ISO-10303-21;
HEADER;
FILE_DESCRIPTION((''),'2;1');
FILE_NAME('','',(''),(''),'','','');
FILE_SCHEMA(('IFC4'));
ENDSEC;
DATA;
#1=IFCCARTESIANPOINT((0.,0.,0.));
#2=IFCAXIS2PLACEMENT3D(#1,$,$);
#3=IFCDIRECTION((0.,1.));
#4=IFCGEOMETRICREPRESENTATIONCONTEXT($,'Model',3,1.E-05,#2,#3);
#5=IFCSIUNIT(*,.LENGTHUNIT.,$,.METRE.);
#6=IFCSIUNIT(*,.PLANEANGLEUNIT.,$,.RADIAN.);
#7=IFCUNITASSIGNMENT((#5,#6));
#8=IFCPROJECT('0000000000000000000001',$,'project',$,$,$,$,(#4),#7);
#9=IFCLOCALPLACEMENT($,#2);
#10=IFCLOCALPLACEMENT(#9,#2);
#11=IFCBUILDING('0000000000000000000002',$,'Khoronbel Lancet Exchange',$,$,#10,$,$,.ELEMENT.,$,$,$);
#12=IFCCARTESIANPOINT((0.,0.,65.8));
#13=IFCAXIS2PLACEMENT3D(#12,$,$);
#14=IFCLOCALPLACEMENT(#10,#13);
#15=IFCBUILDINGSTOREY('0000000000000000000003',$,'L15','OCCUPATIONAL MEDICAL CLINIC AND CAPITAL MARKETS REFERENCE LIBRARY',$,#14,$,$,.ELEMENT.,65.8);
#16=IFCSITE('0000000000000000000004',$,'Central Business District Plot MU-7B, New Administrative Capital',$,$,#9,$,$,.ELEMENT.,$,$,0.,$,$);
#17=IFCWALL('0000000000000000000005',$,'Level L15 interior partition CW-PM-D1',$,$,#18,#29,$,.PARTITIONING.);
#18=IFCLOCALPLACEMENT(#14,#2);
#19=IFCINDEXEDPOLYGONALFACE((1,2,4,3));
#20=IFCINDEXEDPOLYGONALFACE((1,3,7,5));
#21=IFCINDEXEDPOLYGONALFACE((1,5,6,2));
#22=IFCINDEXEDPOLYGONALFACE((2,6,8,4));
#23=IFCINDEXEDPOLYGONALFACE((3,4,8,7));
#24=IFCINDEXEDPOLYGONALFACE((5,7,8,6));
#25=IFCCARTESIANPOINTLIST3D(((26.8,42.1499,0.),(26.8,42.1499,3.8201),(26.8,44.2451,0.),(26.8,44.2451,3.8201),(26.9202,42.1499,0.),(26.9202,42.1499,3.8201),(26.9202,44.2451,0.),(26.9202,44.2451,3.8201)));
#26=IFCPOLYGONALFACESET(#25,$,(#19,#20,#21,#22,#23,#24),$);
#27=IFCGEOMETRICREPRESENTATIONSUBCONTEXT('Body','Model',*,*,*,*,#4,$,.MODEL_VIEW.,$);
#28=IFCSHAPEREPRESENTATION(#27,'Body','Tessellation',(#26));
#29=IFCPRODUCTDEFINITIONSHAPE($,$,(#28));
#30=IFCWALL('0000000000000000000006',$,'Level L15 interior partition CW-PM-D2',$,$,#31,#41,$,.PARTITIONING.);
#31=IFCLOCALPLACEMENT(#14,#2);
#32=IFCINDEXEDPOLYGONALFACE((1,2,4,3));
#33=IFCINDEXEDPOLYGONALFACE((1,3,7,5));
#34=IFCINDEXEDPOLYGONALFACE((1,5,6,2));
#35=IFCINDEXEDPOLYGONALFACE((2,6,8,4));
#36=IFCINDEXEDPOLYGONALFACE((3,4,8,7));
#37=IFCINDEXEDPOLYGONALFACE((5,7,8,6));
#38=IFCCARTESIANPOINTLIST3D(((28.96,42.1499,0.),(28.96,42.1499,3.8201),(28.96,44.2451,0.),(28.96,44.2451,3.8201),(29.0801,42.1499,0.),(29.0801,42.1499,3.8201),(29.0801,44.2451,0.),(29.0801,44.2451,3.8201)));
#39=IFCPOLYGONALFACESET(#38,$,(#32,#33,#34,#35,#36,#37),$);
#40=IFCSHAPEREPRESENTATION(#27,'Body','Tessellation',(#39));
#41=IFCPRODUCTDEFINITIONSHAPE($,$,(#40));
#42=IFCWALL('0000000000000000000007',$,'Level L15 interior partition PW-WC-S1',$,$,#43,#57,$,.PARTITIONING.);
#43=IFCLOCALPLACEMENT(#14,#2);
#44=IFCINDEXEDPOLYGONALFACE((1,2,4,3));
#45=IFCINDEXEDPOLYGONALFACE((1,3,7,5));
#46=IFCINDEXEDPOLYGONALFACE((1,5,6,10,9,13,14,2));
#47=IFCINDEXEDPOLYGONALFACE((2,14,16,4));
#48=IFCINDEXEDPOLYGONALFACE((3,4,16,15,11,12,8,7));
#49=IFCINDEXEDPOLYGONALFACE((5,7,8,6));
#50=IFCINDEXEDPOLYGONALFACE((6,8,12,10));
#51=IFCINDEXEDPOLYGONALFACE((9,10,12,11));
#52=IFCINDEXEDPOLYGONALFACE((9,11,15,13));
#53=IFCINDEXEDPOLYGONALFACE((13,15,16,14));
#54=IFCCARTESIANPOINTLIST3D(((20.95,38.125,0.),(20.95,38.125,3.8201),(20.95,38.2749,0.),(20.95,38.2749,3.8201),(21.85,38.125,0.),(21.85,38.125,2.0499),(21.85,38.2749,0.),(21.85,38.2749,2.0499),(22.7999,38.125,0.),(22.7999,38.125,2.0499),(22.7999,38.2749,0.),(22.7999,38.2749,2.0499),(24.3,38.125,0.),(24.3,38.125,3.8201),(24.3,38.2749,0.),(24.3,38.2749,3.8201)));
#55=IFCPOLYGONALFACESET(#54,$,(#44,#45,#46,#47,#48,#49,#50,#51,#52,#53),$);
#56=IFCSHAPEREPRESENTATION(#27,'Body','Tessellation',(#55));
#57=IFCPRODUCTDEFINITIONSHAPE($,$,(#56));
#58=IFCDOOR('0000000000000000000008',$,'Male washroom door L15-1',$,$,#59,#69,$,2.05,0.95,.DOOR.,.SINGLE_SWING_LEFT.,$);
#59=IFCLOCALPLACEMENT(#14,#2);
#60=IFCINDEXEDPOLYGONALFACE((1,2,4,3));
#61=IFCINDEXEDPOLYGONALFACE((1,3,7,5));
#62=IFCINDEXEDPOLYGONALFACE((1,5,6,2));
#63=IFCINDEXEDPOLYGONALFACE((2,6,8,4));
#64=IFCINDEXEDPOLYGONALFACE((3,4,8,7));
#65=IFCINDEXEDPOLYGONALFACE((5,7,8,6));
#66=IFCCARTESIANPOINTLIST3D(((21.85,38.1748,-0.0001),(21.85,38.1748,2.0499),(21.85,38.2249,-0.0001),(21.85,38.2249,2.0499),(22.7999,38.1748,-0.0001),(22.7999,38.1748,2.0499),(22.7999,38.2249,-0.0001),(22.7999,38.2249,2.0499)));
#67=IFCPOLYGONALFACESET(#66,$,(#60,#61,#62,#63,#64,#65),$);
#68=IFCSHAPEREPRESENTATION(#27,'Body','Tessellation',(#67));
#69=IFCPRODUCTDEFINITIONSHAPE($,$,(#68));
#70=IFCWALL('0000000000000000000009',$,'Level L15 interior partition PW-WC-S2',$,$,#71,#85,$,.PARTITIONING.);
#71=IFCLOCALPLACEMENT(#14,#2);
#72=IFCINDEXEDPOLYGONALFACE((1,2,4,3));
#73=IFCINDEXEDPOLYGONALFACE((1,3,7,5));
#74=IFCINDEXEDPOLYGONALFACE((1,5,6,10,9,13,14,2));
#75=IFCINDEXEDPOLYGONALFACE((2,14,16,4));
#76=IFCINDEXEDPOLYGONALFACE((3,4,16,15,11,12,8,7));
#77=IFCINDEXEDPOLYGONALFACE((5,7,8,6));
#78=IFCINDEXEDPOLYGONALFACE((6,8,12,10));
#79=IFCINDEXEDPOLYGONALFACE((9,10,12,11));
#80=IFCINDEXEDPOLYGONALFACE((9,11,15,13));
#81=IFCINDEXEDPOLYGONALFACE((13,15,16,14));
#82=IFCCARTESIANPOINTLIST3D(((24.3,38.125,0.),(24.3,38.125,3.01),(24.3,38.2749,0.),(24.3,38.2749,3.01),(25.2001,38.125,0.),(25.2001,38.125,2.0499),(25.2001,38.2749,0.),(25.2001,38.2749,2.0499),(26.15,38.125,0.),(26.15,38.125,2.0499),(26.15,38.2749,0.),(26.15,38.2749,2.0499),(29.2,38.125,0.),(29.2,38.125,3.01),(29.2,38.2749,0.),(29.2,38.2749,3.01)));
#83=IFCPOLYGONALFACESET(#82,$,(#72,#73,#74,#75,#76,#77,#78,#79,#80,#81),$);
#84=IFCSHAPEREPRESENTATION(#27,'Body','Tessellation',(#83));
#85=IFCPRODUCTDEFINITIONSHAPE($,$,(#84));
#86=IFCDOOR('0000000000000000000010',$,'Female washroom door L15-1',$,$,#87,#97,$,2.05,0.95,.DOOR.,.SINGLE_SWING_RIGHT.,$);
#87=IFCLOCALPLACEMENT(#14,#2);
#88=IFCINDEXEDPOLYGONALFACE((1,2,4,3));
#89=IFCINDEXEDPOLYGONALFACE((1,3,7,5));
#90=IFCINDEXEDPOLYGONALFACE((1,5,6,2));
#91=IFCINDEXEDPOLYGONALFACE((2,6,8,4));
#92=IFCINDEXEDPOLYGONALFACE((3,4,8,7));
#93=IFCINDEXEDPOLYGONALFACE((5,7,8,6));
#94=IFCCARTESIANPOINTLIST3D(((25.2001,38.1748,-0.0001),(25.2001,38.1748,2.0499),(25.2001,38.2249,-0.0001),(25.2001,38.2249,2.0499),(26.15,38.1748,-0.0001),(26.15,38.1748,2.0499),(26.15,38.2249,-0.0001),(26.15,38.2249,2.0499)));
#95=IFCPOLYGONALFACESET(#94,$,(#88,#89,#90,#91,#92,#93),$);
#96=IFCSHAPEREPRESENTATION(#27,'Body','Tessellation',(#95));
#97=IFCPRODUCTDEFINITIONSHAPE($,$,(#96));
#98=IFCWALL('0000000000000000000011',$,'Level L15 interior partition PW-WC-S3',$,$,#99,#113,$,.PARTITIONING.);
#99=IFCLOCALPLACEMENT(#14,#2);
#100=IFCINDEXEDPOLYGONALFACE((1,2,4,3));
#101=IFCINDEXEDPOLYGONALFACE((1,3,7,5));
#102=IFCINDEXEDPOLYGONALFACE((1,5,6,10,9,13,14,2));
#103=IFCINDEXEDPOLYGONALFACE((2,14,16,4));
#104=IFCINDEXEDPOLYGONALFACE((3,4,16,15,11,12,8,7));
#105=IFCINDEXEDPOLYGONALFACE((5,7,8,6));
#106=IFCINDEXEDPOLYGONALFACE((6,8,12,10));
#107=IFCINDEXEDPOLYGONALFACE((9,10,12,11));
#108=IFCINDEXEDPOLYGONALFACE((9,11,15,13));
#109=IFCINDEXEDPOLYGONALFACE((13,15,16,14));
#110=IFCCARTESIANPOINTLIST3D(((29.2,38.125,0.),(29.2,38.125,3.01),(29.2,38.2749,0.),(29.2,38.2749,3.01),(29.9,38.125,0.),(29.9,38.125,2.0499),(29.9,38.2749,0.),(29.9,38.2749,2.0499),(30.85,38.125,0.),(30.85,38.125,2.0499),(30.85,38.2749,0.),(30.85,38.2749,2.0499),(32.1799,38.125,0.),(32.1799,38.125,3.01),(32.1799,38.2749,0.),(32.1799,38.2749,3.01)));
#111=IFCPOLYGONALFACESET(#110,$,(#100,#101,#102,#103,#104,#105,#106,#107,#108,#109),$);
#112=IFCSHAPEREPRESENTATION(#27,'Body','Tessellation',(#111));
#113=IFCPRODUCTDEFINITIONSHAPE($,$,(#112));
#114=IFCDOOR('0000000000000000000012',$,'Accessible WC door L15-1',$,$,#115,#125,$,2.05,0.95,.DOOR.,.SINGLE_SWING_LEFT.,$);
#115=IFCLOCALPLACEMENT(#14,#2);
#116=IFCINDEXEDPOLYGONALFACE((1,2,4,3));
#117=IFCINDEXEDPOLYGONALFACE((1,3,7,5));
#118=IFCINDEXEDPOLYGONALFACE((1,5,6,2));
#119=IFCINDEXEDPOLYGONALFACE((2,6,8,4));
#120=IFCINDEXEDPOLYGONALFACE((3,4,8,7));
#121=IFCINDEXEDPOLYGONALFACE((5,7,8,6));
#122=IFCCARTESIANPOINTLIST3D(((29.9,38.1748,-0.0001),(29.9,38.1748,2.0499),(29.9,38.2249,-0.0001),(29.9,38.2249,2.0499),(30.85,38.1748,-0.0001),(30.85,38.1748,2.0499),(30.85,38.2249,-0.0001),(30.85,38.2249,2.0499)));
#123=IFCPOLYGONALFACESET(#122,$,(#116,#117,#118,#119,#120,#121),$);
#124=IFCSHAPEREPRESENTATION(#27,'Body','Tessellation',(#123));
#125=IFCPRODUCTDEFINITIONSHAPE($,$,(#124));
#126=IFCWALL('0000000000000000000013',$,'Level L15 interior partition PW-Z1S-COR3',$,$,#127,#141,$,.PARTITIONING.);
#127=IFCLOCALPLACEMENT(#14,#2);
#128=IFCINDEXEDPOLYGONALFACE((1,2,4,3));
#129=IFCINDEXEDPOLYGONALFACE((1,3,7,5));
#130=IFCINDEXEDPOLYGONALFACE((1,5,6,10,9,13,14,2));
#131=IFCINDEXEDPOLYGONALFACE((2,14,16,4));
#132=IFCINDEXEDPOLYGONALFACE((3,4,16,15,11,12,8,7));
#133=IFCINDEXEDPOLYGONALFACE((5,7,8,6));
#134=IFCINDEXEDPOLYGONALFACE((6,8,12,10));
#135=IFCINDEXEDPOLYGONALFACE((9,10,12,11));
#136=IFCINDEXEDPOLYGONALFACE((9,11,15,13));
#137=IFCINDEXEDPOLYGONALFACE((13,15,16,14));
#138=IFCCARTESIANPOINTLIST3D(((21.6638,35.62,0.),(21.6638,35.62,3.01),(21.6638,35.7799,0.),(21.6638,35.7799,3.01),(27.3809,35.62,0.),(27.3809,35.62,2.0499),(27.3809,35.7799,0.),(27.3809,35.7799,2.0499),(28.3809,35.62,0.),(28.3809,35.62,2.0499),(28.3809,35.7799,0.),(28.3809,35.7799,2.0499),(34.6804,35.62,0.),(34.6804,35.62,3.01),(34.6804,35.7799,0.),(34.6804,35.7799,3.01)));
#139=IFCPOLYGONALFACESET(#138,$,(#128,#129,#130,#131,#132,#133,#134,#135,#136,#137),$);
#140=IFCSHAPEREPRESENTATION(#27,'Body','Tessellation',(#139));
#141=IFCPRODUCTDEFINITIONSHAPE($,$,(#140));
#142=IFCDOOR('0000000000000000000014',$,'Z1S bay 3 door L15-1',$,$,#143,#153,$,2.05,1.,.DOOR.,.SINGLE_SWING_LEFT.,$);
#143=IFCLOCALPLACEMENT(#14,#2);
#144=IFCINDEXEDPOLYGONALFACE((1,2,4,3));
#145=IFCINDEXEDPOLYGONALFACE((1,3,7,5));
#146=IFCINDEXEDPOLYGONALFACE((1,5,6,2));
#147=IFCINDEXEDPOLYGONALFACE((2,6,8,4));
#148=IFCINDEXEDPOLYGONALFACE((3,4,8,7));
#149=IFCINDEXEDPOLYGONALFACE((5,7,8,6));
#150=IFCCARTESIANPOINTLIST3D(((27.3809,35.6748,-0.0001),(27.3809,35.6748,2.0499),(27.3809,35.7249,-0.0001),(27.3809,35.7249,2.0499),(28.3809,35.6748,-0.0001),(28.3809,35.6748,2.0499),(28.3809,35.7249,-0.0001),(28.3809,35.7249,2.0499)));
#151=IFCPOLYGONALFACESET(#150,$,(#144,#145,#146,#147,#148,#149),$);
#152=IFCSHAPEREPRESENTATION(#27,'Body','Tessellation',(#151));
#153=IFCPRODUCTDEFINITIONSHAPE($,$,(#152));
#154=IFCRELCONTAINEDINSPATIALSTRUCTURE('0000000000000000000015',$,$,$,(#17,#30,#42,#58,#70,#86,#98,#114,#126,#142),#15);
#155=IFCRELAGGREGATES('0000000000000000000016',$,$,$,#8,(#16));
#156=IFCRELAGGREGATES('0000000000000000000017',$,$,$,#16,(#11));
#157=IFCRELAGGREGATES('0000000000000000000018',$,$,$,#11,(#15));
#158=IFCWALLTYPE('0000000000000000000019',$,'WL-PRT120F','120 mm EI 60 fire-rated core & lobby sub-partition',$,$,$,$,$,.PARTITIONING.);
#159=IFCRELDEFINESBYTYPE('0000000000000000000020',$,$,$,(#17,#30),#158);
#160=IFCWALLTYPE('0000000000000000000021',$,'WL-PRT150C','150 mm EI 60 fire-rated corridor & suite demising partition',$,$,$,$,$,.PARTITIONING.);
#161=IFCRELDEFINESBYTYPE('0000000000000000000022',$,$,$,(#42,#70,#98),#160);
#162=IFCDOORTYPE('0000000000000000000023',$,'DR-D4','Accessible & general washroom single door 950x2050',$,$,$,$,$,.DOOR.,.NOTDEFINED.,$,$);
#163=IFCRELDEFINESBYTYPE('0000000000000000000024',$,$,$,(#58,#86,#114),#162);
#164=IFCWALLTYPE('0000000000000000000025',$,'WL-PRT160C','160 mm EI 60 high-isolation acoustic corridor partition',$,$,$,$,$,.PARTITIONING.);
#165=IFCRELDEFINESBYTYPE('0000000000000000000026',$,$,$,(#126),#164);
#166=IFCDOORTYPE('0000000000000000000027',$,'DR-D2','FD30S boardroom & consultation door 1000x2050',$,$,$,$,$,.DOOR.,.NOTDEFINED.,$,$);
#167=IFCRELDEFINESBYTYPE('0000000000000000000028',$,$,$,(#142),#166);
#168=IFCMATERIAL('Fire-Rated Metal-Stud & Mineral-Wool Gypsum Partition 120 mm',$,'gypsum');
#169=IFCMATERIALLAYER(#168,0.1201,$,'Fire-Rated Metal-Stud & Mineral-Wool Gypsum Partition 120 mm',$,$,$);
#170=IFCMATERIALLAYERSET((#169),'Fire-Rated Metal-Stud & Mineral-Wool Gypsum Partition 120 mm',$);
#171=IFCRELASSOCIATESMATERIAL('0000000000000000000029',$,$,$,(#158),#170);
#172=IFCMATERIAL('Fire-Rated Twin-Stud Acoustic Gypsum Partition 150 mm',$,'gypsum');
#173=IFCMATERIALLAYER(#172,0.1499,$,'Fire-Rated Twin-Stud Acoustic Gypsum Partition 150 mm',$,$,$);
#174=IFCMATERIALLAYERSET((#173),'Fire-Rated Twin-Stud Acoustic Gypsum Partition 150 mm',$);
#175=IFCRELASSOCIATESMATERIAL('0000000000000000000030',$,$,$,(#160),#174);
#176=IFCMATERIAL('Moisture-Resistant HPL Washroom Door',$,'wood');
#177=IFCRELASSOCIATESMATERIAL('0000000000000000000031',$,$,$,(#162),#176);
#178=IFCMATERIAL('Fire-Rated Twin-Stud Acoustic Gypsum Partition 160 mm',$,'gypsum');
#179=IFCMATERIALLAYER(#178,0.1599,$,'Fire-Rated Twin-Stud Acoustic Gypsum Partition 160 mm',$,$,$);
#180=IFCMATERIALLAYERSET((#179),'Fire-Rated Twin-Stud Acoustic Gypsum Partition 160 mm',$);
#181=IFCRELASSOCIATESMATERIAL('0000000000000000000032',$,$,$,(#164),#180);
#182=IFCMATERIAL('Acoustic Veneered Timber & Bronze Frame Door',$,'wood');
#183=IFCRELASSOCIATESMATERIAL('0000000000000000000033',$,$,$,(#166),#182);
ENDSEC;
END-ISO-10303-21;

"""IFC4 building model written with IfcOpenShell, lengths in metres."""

from ifc_helpers import new_model, si_unit, direction, frame, frame_2d, origin, place, context, subcontext, project, spatial, rectangle, extrude, material, layer, layer_set, type_object, element, fill, save


model = new_model("IFC4")

# Units and contexts
model_context = context("Model", 3, precision=1e-05, world=origin(), true_north=direction((0.0, 1.0)))
body_context = subcontext(model_context, "Body", "Model", "MODEL_VIEW")
ifc_project = project(units=[si_unit("LENGTHUNIT", "METRE"), si_unit("PLANEANGLEUNIT", "RADIAN")], contexts=[model_context])

# Site, building, storey
site_placement = place(None, origin())
site = spatial("IfcSite", under=ifc_project, at=site_placement, Name="Central Business District Plot MU-7B, New Administrative Capital", CompositionType="ELEMENT", RefElevation=0.0)
building_placement = place(site_placement, origin())
building = spatial("IfcBuilding", under=site, at=building_placement, Name="Khoronbel Lancet Exchange", CompositionType="ELEMENT")
storey_placement = place(building_placement, frame((0.0, 0.0, 65.8)))
storey = spatial("IfcBuildingStorey", under=building, at=storey_placement, Name="L15", Description="OCCUPATIONAL MEDICAL CLINIC AND CAPITAL MARKETS REFERENCE LIBRARY", CompositionType="ELEMENT", Elevation=65.8)

# Walls
ifc_material_1 = material(Name="Fire-Rated Metal-Stud & Mineral-Wool Gypsum Partition 120 mm", Category="gypsum")
ifc_layer_1 = layer(ifc_material_1, 0.1201, Name="Fire-Rated Metal-Stud & Mineral-Wool Gypsum Partition 120 mm")
ifc_layer_set_1 = layer_set([ifc_layer_1], Name="Fire-Rated Metal-Stud & Mineral-Wool Gypsum Partition 120 mm")
wall_type_1 = type_object("IfcWallType", Name="WL-PRT120F", Description="120 mm EI 60 fire-rated core & lobby sub-partition", PredefinedType="PARTITIONING", material=ifc_layer_set_1)
for number, where, z_axis, x_axis, name in (
    (1, (26.8601, 42.1499, 0.0), (0.0, 0.0, 1.0), (0.0, 1.0, 0.0), "Level L15 interior partition CW-PM-D1"),
    (2, (29.02, 42.1499, 0.0), (0.0, 0.0, 1.0), (0.0, 1.0, 0.0), "Level L15 interior partition CW-PM-D2"),
):
    element("IfcWall", number, at=place(storey_placement, frame(where, z_axis=z_axis, x_axis=x_axis)), inside=storey, type_object=wall_type_1, Name=name, PredefinedType="PARTITIONING", context=body_context, shape_type="SweptSolid", body=[
        extrude(rectangle(XDim=2.0952, YDim=0.1201, at=frame_2d((1.0476, 0.0))), origin(), (0.0, 0.0, 1.0), 3.8201),
    ])

# Walls, openings, doors
ifc_material_2 = material(Name="Fire-Rated Twin-Stud Acoustic Gypsum Partition 150 mm", Category="gypsum")
ifc_layer_2 = layer(ifc_material_2, 0.1499, Name="Fire-Rated Twin-Stud Acoustic Gypsum Partition 150 mm")
ifc_layer_set_2 = layer_set([ifc_layer_2], Name="Fire-Rated Twin-Stud Acoustic Gypsum Partition 150 mm")
wall_type_2 = type_object("IfcWallType", Name="WL-PRT150C", Description="150 mm EI 60 fire-rated corridor & suite demising partition", PredefinedType="PARTITIONING", material=ifc_layer_set_2)
wall_1_placement = place(storey_placement, frame((20.95, 38.2, 0.0), z_axis=(0.0, 0.0, 1.0), x_axis=(1.0, 0.0, 0.0)))
wall_1 = element("IfcWall", 3, at=wall_1_placement, inside=storey, type_object=wall_type_2, Name="Level L15 interior partition PW-WC-S1", PredefinedType="PARTITIONING", context=body_context, shape_type="SweptSolid", body=[
    extrude(rectangle(XDim=3.3501, YDim=0.1499, at=frame_2d((1.675, 0.0))), origin(), (0.0, 0.0, 1.0), 3.8201),
])
opening_1_placement = place(wall_1_placement, frame((0.8999, 0.0, 0.0)))
opening_1 = element("IfcOpeningElement", 4, at=opening_1_placement, cuts=wall_1, PredefinedType="OPENING", context=body_context, shape_type="SweptSolid", body=[
    extrude(rectangle(XDim=0.95, YDim=2.05, at=frame_2d((0.4751, 1.0249))), frame((0.0, 0.085, 0.0), z_axis=(0.0, -1.0, 0.0), x_axis=(1.0, 0.0, 0.0)), (0.0, 0.0, 1.0), 0.1699),
])
ifc_material_3 = material(Name="Moisture-Resistant HPL Washroom Door", Category="wood")
door_type_1 = type_object("IfcDoorType", Name="DR-D4", Description="Accessible & general washroom single door 950x2050", OperationType="NOTDEFINED", PredefinedType="DOOR", material=ifc_material_3)
door_1_placement = place(opening_1_placement, origin())
door_1 = element("IfcDoor", 5, at=door_1_placement, inside=storey, type_object=door_type_1, Name="Male washroom door L15-1", OperationType="SINGLE_SWING_LEFT", OverallHeight=2.05, OverallWidth=0.95, PredefinedType="DOOR", context=body_context, shape_type="SweptSolid", body=[
    extrude(rectangle(XDim=0.95, YDim=2.05, at=frame_2d((0.4751, 1.0249))), frame((0.0, 0.0249, 0.0), z_axis=(0.0, -1.0, 0.0), x_axis=(1.0, 0.0, 0.0)), (0.0, 0.0, 1.0), 0.05),
])
fill(opening_1, door_1)
wall_2_placement = place(storey_placement, frame((24.3, 38.2, 0.0), z_axis=(0.0, 0.0, 1.0), x_axis=(1.0, 0.0, 0.0)))
wall_2 = element("IfcWall", 6, at=wall_2_placement, inside=storey, type_object=wall_type_2, Name="Level L15 interior partition PW-WC-S2", PredefinedType="PARTITIONING", context=body_context, shape_type="SweptSolid", body=[
    extrude(rectangle(XDim=4.8999, YDim=0.1499, at=frame_2d((2.45, 0.0))), origin(), (0.0, 0.0, 1.0), 3.01),
])
opening_2_placement = place(wall_2_placement, frame((0.8999, 0.0, 0.0)))
opening_2 = element("IfcOpeningElement", 7, at=opening_2_placement, cuts=wall_2, PredefinedType="OPENING", context=body_context, shape_type="SweptSolid", body=[
    extrude(rectangle(XDim=0.95, YDim=2.05, at=frame_2d((0.4751, 1.0249))), frame((0.0, 0.085, 0.0), z_axis=(0.0, -1.0, 0.0), x_axis=(1.0, 0.0, 0.0)), (0.0, 0.0, 1.0), 0.1699),
])
door_2_placement = place(opening_2_placement, origin())
door_2 = element("IfcDoor", 8, at=door_2_placement, inside=storey, type_object=door_type_1, Name="Female washroom door L15-1", OperationType="SINGLE_SWING_RIGHT", OverallHeight=2.05, OverallWidth=0.95, PredefinedType="DOOR", context=body_context, shape_type="SweptSolid", body=[
    extrude(rectangle(XDim=0.95, YDim=2.05, at=frame_2d((0.4751, 1.0249))), frame((0.0, 0.0249, 0.0), z_axis=(0.0, -1.0, 0.0), x_axis=(1.0, 0.0, 0.0)), (0.0, 0.0, 1.0), 0.05),
])
fill(opening_2, door_2)
wall_3_placement = place(storey_placement, frame((29.2, 38.2, 0.0), z_axis=(0.0, 0.0, 1.0), x_axis=(1.0, 0.0, 0.0)))
wall_3 = element("IfcWall", 9, at=wall_3_placement, inside=storey, type_object=wall_type_2, Name="Level L15 interior partition PW-WC-S3", PredefinedType="PARTITIONING", context=body_context, shape_type="SweptSolid", body=[
    extrude(rectangle(XDim=2.98, YDim=0.1499, at=frame_2d((1.49, 0.0))), origin(), (0.0, 0.0, 1.0), 3.01),
])
opening_3_placement = place(wall_3_placement, frame((0.7, 0.0, 0.0)))
opening_3 = element("IfcOpeningElement", 10, at=opening_3_placement, cuts=wall_3, PredefinedType="OPENING", context=body_context, shape_type="SweptSolid", body=[
    extrude(rectangle(XDim=0.95, YDim=2.05, at=frame_2d((0.4751, 1.0249))), frame((0.0, 0.085, 0.0), z_axis=(0.0, -1.0, 0.0), x_axis=(1.0, 0.0, 0.0)), (0.0, 0.0, 1.0), 0.1699),
])
door_3_placement = place(opening_3_placement, origin())
door_3 = element("IfcDoor", 11, at=door_3_placement, inside=storey, type_object=door_type_1, Name="Accessible WC door L15-1", OperationType="SINGLE_SWING_LEFT", OverallHeight=2.05, OverallWidth=0.95, PredefinedType="DOOR", context=body_context, shape_type="SweptSolid", body=[
    extrude(rectangle(XDim=0.95, YDim=2.05, at=frame_2d((0.4751, 1.0249))), frame((0.0, 0.0249, 0.0), z_axis=(0.0, -1.0, 0.0), x_axis=(1.0, 0.0, 0.0)), (0.0, 0.0, 1.0), 0.05),
])
fill(opening_3, door_3)
ifc_material_4 = material(Name="Fire-Rated Twin-Stud Acoustic Gypsum Partition 160 mm", Category="gypsum")
ifc_layer_3 = layer(ifc_material_4, 0.1599, Name="Fire-Rated Twin-Stud Acoustic Gypsum Partition 160 mm")
ifc_layer_set_3 = layer_set([ifc_layer_3], Name="Fire-Rated Twin-Stud Acoustic Gypsum Partition 160 mm")
wall_type_3 = type_object("IfcWallType", Name="WL-PRT160C", Description="160 mm EI 60 high-isolation acoustic corridor partition", PredefinedType="PARTITIONING", material=ifc_layer_set_3)
wall_4_placement = place(storey_placement, frame((21.6638, 35.7, 0.0), z_axis=(0.0, 0.0, 1.0), x_axis=(1.0, 0.0, 0.0)))
wall_4 = element("IfcWall", 12, at=wall_4_placement, inside=storey, type_object=wall_type_3, Name="Level L15 interior partition PW-Z1S-COR3", PredefinedType="PARTITIONING", context=body_context, shape_type="SweptSolid", body=[
    extrude(rectangle(XDim=13.0166, YDim=0.1599, at=frame_2d((6.5083, 0.0))), origin(), (0.0, 0.0, 1.0), 3.01),
])
opening_4_placement = place(wall_4_placement, frame((5.717, 0.0, 0.0)))
opening_4 = element("IfcOpeningElement", 13, at=opening_4_placement, cuts=wall_4, PredefinedType="OPENING", context=body_context, shape_type="SweptSolid", body=[
    extrude(rectangle(XDim=1.0, YDim=2.05, at=frame_2d((0.5, 1.0249))), frame((0.0, 0.0898, 0.0), z_axis=(0.0, -1.0, 0.0), x_axis=(1.0, 0.0, 0.0)), (0.0, 0.0, 1.0), 0.1799),
])
ifc_material_5 = material(Name="Acoustic Veneered Timber & Bronze Frame Door", Category="wood")
door_type_2 = type_object("IfcDoorType", Name="DR-D2", Description="FD30S boardroom & consultation door 1000x2050", OperationType="NOTDEFINED", PredefinedType="DOOR", material=ifc_material_5)
door_4_placement = place(opening_4_placement, origin())
door_4 = element("IfcDoor", 14, at=door_4_placement, inside=storey, type_object=door_type_2, Name="Z1S bay 3 door L15-1", OperationType="SINGLE_SWING_LEFT", OverallHeight=2.05, OverallWidth=1.0, PredefinedType="DOOR", context=body_context, shape_type="SweptSolid", body=[
    extrude(rectangle(XDim=1.0, YDim=2.05, at=frame_2d((0.5, 1.0249))), frame((0.0, 0.0249, 0.0), z_axis=(0.0, -1.0, 0.0), x_axis=(1.0, 0.0, 0.0)), (0.0, 0.0, 1.0), 0.05),
])
fill(opening_4, door_4)

save(model, "model.ifc")
